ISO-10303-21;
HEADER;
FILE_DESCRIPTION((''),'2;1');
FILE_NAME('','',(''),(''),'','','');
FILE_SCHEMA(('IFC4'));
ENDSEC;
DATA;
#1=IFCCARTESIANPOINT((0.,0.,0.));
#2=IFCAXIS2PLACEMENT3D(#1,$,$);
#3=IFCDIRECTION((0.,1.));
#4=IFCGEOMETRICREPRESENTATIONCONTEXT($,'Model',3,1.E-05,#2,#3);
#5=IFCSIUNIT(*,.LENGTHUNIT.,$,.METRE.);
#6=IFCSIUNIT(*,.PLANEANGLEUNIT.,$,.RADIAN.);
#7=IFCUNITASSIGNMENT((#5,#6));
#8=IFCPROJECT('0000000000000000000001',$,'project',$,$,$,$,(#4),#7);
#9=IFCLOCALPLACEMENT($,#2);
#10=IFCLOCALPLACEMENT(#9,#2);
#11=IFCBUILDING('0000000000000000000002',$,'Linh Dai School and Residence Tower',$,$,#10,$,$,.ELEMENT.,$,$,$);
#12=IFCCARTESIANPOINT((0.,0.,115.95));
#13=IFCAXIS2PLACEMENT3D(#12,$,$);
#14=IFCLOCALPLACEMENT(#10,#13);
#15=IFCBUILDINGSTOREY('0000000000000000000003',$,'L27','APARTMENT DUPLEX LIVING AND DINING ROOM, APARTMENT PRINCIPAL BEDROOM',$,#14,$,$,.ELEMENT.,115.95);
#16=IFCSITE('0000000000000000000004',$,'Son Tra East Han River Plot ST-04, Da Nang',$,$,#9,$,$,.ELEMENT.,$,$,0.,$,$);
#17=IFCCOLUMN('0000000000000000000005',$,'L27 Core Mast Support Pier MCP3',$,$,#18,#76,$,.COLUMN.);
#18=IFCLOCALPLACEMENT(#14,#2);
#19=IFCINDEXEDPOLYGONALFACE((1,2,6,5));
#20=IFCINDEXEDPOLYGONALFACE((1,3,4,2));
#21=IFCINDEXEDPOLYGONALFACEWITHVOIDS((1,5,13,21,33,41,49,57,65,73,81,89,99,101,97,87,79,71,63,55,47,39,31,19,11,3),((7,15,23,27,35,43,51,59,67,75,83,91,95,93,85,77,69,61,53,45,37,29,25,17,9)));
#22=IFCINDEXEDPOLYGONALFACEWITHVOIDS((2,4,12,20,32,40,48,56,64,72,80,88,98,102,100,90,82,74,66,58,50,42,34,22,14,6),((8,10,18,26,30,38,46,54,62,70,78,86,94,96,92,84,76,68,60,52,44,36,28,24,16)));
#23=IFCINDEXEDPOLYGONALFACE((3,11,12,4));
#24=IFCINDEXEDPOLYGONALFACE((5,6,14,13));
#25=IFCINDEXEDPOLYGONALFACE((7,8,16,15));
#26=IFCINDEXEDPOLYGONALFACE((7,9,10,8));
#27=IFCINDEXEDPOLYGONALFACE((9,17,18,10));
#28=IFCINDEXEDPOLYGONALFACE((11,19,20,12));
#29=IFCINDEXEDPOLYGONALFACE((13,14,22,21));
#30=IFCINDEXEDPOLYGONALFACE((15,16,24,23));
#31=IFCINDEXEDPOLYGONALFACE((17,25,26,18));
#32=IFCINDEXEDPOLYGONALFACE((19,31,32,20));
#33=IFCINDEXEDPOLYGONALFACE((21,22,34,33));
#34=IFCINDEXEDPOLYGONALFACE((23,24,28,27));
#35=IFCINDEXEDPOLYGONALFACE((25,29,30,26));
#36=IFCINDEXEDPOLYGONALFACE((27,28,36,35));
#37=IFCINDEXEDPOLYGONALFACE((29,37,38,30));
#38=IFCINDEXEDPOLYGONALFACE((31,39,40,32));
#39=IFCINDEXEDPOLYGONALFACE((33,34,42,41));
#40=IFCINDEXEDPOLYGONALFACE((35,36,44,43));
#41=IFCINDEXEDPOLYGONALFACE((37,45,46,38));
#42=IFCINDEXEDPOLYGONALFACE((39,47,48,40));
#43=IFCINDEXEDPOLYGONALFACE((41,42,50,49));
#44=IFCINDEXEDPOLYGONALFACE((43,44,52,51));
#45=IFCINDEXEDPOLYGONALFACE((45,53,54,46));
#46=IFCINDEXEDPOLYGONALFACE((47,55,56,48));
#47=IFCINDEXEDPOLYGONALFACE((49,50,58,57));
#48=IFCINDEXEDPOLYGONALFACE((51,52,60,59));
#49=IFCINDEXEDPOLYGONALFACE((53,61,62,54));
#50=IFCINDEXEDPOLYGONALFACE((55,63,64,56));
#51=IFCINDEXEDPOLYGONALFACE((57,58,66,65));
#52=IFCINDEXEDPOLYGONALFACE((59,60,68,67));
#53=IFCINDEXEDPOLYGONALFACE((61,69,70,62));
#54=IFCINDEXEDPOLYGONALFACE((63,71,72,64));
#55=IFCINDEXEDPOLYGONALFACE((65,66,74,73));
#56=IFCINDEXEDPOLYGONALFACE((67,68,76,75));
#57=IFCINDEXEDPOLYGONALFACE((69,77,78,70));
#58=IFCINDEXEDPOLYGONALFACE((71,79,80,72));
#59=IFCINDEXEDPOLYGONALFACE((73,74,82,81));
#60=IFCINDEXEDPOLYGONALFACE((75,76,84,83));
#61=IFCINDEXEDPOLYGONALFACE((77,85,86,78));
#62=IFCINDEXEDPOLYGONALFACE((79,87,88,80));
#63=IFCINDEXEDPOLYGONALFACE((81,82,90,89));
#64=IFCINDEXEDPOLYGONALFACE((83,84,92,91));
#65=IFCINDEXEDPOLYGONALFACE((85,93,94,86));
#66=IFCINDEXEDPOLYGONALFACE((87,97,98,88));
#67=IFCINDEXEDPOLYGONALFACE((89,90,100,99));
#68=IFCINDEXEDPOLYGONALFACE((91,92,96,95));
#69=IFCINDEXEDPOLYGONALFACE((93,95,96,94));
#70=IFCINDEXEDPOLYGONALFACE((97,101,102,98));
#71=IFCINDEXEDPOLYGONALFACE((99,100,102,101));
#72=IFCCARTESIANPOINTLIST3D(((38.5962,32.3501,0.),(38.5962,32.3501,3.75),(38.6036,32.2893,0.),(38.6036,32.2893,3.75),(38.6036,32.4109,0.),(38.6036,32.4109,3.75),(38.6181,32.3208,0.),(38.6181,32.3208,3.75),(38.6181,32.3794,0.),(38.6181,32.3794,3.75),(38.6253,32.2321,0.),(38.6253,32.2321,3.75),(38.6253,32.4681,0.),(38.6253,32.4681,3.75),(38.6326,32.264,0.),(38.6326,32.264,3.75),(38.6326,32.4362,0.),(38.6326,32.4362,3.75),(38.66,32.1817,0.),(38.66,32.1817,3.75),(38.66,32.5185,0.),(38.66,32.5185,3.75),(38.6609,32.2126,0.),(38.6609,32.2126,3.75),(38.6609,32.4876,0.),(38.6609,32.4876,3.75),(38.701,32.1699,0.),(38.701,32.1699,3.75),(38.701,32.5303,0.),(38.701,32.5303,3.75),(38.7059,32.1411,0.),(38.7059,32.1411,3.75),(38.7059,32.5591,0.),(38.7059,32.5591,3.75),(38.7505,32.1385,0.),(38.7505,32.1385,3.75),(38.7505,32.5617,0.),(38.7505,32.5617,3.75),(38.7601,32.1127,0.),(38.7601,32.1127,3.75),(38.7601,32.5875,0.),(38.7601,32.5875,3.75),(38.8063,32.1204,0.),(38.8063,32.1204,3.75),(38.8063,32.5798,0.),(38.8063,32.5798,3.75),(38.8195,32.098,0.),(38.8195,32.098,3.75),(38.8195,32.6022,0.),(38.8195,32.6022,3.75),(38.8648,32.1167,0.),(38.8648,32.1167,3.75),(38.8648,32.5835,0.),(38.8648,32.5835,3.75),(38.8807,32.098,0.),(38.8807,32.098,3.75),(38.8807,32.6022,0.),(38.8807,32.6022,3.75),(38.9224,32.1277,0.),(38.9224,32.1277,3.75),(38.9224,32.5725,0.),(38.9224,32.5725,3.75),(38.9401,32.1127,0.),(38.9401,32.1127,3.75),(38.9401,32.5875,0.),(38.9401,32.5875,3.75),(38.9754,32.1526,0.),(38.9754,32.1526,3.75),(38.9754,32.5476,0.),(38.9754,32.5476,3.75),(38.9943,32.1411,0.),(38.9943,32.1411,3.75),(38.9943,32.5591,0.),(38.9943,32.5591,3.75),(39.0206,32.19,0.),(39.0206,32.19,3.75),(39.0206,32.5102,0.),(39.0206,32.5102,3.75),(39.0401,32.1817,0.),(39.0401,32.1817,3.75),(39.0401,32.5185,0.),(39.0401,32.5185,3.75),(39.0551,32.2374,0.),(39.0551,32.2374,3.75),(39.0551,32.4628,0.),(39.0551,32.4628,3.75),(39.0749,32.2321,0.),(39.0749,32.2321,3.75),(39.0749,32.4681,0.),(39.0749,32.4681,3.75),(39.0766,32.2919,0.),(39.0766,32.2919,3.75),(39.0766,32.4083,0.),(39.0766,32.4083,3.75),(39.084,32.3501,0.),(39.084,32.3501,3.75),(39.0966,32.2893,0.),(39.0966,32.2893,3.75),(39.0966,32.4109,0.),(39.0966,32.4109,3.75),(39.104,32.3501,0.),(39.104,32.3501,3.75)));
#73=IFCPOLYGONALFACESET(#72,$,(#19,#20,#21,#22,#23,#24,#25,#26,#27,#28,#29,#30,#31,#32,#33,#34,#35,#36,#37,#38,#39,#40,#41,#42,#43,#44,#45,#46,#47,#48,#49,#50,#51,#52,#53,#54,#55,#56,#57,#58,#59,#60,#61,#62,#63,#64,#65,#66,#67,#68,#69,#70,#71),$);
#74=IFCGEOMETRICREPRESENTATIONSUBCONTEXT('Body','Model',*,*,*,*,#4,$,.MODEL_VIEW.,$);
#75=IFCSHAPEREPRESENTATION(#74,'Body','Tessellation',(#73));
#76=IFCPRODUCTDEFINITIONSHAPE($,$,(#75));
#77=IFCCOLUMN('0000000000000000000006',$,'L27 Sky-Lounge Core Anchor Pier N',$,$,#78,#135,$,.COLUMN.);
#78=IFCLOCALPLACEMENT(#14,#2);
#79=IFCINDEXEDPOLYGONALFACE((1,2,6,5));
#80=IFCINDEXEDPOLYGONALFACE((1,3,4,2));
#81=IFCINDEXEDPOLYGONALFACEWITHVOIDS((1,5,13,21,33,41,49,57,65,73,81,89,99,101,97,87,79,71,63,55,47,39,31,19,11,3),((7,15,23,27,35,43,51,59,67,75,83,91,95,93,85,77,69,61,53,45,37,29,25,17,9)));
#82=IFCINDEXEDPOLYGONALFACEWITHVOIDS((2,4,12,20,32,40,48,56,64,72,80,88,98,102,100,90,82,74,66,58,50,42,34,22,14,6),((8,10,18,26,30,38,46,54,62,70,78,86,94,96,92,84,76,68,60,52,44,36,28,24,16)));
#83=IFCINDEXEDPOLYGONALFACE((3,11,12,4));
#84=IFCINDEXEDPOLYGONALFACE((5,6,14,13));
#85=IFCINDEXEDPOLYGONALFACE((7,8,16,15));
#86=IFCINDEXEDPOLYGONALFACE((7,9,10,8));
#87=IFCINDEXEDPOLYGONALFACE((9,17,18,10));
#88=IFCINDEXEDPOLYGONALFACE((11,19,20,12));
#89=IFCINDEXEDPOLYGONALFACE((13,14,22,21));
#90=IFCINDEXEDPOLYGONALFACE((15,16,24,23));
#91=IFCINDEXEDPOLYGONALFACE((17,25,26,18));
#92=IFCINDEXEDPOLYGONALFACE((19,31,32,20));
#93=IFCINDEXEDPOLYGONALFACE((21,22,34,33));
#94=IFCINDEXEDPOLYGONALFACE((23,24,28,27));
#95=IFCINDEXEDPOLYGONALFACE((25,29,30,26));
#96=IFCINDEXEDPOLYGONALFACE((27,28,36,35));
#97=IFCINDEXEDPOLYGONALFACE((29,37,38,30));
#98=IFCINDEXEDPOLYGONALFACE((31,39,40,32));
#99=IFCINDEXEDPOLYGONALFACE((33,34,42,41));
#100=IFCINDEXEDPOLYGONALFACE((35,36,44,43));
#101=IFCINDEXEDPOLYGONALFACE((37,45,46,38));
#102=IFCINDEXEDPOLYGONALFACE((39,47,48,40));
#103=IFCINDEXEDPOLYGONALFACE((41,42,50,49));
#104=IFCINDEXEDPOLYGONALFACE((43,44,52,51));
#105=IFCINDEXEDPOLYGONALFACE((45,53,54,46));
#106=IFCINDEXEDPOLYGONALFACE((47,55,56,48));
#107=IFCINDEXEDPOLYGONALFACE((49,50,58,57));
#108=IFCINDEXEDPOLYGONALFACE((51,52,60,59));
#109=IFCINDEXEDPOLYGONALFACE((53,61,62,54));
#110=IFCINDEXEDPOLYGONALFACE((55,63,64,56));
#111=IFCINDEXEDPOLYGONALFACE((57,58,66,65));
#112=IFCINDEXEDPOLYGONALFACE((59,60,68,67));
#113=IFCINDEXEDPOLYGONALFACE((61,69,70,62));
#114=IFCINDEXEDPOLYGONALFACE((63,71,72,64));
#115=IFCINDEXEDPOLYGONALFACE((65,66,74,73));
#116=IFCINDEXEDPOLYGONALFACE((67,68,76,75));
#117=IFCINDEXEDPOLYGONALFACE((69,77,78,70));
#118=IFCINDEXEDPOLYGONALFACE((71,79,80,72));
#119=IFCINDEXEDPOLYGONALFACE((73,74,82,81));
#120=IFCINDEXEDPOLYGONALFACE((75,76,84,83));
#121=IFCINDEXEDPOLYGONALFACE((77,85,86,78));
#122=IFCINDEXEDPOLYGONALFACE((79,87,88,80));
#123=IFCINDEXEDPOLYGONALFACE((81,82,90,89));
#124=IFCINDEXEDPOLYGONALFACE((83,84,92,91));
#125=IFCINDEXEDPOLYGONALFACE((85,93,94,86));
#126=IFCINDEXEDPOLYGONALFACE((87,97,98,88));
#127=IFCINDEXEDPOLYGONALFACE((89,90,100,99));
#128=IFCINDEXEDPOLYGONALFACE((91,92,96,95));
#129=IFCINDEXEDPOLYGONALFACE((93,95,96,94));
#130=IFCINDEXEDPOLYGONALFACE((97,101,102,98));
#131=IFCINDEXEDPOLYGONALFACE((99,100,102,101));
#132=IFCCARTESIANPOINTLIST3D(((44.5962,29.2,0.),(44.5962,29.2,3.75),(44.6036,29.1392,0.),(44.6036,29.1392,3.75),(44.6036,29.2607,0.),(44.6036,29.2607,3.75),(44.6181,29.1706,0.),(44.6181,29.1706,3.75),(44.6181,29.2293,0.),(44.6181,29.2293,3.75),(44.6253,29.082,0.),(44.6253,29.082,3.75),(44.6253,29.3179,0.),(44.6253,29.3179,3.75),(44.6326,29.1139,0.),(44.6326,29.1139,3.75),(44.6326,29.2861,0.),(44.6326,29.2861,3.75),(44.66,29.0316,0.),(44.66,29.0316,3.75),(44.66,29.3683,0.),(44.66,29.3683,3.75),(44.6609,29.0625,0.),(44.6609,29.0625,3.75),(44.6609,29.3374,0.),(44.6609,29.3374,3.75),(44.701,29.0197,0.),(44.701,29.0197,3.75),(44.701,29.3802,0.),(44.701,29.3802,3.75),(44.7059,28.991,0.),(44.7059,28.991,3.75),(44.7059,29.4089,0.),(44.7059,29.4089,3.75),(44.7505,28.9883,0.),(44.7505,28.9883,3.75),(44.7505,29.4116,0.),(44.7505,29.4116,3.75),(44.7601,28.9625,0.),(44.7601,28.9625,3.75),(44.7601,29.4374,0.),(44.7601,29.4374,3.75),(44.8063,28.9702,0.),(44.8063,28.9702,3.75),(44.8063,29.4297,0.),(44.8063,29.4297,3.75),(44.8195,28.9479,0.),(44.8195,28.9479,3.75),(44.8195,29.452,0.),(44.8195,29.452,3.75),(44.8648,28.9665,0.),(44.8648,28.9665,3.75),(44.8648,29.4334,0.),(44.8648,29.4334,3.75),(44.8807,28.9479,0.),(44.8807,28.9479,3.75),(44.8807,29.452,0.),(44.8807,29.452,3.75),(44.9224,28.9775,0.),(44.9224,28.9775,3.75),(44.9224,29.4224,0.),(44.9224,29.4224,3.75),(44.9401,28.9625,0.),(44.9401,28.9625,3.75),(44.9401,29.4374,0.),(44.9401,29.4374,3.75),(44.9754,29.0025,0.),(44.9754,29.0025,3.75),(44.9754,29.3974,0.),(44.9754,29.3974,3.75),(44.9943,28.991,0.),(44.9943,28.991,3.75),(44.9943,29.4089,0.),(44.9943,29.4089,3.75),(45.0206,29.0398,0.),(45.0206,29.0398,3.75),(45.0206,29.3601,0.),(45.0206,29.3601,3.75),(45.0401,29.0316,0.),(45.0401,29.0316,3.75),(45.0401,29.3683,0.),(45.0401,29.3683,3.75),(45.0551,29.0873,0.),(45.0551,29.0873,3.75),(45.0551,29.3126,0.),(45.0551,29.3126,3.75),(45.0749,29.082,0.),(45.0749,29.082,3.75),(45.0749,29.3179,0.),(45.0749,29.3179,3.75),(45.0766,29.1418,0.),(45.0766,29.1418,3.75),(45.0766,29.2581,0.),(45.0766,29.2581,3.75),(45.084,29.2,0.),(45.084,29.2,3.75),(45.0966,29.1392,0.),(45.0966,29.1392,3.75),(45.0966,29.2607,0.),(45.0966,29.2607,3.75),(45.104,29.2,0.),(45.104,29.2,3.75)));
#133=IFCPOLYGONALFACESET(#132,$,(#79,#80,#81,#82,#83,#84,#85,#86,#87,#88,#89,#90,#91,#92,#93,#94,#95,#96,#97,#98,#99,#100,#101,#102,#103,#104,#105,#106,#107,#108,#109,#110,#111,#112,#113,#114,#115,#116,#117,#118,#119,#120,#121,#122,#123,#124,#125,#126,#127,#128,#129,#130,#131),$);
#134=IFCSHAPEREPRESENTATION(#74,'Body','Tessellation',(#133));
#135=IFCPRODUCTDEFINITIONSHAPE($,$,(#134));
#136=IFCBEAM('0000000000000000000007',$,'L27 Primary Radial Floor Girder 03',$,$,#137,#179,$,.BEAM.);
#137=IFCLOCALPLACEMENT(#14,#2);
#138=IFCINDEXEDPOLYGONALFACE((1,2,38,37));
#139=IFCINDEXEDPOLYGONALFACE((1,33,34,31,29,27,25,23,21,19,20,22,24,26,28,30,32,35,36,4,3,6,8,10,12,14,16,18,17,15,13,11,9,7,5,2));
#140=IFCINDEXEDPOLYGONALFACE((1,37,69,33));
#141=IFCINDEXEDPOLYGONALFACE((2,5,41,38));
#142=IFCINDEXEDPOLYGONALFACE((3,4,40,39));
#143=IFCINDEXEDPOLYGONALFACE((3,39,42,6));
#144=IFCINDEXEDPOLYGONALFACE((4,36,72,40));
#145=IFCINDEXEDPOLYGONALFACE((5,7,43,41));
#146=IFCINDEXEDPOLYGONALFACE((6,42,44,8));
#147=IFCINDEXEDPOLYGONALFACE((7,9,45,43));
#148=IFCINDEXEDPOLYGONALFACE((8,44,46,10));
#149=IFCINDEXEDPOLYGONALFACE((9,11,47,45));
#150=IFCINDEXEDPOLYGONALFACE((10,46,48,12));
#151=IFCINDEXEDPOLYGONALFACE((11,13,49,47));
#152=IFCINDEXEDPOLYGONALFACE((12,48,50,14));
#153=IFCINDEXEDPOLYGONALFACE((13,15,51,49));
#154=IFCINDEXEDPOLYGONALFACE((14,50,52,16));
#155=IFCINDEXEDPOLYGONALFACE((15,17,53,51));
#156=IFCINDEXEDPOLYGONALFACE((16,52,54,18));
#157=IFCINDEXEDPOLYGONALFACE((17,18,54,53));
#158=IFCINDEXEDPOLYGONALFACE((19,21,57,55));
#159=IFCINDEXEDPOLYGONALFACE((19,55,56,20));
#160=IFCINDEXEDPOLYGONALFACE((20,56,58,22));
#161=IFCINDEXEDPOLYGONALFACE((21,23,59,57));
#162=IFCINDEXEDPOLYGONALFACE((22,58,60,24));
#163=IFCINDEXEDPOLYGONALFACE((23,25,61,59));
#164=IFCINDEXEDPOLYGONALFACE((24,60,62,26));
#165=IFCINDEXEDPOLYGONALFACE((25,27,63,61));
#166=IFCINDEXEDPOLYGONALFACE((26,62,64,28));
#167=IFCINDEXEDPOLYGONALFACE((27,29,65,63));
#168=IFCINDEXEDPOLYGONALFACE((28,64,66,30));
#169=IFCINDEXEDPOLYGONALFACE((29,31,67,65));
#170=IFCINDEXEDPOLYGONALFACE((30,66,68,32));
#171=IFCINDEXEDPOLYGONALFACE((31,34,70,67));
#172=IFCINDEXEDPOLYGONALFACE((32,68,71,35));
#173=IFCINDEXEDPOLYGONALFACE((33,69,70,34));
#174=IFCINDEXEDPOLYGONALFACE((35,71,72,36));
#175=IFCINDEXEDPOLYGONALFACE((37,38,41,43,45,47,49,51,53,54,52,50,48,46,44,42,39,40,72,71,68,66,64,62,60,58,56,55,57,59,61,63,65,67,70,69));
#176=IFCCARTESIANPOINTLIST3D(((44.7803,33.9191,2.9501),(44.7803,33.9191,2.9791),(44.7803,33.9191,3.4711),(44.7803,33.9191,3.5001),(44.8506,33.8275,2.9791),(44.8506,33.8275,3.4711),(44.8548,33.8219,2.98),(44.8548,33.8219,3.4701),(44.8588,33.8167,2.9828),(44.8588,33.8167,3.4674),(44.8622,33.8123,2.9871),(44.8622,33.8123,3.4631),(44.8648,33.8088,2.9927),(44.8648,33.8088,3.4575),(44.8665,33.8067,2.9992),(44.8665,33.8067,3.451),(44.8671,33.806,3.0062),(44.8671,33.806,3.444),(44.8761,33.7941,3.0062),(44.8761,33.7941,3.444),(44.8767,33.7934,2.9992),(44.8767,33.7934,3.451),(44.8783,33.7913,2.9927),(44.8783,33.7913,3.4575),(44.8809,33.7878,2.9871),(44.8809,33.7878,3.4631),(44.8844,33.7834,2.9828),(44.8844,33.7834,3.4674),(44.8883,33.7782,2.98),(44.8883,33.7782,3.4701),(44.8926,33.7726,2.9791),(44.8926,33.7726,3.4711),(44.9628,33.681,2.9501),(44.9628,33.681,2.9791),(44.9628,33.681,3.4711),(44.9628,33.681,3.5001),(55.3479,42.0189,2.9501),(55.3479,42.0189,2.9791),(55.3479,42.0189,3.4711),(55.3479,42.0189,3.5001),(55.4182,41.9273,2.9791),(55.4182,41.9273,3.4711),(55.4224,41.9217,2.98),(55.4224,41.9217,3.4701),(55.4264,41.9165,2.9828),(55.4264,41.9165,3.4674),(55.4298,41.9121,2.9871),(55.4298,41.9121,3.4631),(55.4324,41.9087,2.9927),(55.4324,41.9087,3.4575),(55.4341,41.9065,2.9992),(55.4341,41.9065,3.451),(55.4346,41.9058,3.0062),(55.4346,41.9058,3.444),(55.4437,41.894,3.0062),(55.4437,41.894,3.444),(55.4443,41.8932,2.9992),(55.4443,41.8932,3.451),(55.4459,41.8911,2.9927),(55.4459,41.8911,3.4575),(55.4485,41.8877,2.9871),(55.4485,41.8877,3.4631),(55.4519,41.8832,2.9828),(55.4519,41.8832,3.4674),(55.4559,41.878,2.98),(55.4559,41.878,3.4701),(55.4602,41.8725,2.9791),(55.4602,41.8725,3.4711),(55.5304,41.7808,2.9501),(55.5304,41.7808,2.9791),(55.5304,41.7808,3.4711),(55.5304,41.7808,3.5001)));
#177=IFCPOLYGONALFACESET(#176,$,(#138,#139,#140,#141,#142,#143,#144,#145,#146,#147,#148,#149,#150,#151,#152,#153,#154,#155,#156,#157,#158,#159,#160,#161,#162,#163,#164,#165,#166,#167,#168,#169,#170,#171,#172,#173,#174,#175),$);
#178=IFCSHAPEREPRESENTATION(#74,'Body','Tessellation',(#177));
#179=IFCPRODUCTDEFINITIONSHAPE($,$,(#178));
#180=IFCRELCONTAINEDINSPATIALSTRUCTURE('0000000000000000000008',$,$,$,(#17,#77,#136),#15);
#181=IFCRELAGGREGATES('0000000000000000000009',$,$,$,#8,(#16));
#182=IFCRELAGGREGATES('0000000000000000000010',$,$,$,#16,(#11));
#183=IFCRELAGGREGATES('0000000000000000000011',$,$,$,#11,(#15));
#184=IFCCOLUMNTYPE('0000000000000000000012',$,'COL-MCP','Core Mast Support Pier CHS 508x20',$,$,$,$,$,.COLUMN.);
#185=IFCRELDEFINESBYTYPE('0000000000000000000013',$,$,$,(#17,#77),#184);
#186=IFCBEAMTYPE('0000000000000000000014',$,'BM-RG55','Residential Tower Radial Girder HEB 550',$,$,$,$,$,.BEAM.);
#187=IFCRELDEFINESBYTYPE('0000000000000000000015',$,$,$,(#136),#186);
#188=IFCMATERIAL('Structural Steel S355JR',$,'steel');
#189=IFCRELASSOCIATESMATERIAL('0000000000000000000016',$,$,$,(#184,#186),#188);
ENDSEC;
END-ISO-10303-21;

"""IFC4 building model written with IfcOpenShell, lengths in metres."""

from ifc_helpers import new_model, si_unit, direction, frame, origin, origin_2d, place, context, subcontext, project, spatial, hollow_circle, i_section, extrude, material, material_profile, profile_set, type_object, element, save


model = new_model("IFC4")

# Units and contexts
model_context = context("Model", 3, precision=1e-05, world=origin(), true_north=direction((0.0, 1.0)))
body_context = subcontext(model_context, "Body", "Model", "MODEL_VIEW")
ifc_project = project(units=[si_unit("LENGTHUNIT", "METRE"), si_unit("PLANEANGLEUNIT", "RADIAN")], contexts=[model_context])

# Site, building, storey
site_placement = place(None, origin())
site = spatial("IfcSite", under=ifc_project, at=site_placement, Name="Son Tra East Han River Plot ST-04, Da Nang", CompositionType="ELEMENT", RefElevation=0.0)
building_placement = place(site_placement, origin())
building = spatial("IfcBuilding", under=site, at=building_placement, Name="Linh Dai School and Residence Tower", CompositionType="ELEMENT")
storey_placement = place(building_placement, frame((0.0, 0.0, 115.95)))
storey = spatial("IfcBuildingStorey", under=building, at=storey_placement, Name="L27", Description="APARTMENT DUPLEX LIVING AND DINING ROOM, APARTMENT PRINCIPAL BEDROOM", CompositionType="ELEMENT", Elevation=115.95)

# Columns
ifc_material_1 = material(Name="Structural Steel S355JR", Category="steel")
ifc_material_profile_1 = material_profile(ifc_material_1, hollow_circle(Radius=0.2539, WallThickness=0.02, at=origin_2d()), Name="CHS 508x20")
ifc_profile_set_1 = profile_set([ifc_material_profile_1], Name="Structural Steel S355JR")
column_type_1 = type_object("IfcColumnType", Name="COL-MCP", Description="Core Mast Support Pier CHS 508x20", PredefinedType="COLUMN", material=ifc_profile_set_1)
for number, where, z_axis, x_axis, name in (
    (1, (38.8501, 32.3501, 0.0), (0.0, 0.0, 1.0), (1.0, 0.0, 0.0), "L27 Core Mast Support Pier MCP3"),
    (2, (44.8501, 29.2, 0.0), (0.0, 0.0, 1.0), (1.0, 0.0, 0.0), "L27 Sky-Lounge Core Anchor Pier N"),
):
    element("IfcColumn", number, at=place(storey_placement, frame(where, z_axis=z_axis, x_axis=x_axis)), inside=storey, type_object=column_type_1, Name=name, PredefinedType="COLUMN", context=body_context, shape_type="SweptSolid", body=[
        extrude(hollow_circle(Radius=0.2539, WallThickness=0.02, at=origin_2d()), origin(), (0.0, 0.0, 1.0), 3.75),
    ])

# Beam
ifc_material_profile_2 = material_profile(ifc_material_1, i_section(OverallWidth=0.3, OverallDepth=0.55, WebThickness=0.0149, FlangeThickness=0.0291, FilletRadius=0.0271, at=origin_2d()), Name="HEB 550")
ifc_profile_set_2 = profile_set([ifc_material_profile_2], Name="Structural Steel S355JR")
beam_type_1 = type_object("IfcBeamType", Name="BM-RG55", Description="Residential Tower Radial Girder HEB 550", PredefinedType="BEAM", material=ifc_profile_set_2)
beam_1_placement = place(storey_placement, frame((44.8716, 33.8, 3.2251), z_axis=(0.793679, 0.608337, 0.0), x_axis=(-0.608337, 0.793679, 0.0)))
element("IfcBeam", 3, at=beam_1_placement, inside=storey, type_object=beam_type_1, Name="L27 Primary Radial Floor Girder 03", PredefinedType="BEAM", context=body_context, shape_type="SweptSolid", body=[
    extrude(i_section(OverallWidth=0.3, OverallDepth=0.55, WebThickness=0.0149, FlangeThickness=0.0291, FilletRadius=0.0271, at=origin_2d()), origin(), (0.0, 0.0, 1.0), 13.3147),
])

save(model, "model.ifc")
